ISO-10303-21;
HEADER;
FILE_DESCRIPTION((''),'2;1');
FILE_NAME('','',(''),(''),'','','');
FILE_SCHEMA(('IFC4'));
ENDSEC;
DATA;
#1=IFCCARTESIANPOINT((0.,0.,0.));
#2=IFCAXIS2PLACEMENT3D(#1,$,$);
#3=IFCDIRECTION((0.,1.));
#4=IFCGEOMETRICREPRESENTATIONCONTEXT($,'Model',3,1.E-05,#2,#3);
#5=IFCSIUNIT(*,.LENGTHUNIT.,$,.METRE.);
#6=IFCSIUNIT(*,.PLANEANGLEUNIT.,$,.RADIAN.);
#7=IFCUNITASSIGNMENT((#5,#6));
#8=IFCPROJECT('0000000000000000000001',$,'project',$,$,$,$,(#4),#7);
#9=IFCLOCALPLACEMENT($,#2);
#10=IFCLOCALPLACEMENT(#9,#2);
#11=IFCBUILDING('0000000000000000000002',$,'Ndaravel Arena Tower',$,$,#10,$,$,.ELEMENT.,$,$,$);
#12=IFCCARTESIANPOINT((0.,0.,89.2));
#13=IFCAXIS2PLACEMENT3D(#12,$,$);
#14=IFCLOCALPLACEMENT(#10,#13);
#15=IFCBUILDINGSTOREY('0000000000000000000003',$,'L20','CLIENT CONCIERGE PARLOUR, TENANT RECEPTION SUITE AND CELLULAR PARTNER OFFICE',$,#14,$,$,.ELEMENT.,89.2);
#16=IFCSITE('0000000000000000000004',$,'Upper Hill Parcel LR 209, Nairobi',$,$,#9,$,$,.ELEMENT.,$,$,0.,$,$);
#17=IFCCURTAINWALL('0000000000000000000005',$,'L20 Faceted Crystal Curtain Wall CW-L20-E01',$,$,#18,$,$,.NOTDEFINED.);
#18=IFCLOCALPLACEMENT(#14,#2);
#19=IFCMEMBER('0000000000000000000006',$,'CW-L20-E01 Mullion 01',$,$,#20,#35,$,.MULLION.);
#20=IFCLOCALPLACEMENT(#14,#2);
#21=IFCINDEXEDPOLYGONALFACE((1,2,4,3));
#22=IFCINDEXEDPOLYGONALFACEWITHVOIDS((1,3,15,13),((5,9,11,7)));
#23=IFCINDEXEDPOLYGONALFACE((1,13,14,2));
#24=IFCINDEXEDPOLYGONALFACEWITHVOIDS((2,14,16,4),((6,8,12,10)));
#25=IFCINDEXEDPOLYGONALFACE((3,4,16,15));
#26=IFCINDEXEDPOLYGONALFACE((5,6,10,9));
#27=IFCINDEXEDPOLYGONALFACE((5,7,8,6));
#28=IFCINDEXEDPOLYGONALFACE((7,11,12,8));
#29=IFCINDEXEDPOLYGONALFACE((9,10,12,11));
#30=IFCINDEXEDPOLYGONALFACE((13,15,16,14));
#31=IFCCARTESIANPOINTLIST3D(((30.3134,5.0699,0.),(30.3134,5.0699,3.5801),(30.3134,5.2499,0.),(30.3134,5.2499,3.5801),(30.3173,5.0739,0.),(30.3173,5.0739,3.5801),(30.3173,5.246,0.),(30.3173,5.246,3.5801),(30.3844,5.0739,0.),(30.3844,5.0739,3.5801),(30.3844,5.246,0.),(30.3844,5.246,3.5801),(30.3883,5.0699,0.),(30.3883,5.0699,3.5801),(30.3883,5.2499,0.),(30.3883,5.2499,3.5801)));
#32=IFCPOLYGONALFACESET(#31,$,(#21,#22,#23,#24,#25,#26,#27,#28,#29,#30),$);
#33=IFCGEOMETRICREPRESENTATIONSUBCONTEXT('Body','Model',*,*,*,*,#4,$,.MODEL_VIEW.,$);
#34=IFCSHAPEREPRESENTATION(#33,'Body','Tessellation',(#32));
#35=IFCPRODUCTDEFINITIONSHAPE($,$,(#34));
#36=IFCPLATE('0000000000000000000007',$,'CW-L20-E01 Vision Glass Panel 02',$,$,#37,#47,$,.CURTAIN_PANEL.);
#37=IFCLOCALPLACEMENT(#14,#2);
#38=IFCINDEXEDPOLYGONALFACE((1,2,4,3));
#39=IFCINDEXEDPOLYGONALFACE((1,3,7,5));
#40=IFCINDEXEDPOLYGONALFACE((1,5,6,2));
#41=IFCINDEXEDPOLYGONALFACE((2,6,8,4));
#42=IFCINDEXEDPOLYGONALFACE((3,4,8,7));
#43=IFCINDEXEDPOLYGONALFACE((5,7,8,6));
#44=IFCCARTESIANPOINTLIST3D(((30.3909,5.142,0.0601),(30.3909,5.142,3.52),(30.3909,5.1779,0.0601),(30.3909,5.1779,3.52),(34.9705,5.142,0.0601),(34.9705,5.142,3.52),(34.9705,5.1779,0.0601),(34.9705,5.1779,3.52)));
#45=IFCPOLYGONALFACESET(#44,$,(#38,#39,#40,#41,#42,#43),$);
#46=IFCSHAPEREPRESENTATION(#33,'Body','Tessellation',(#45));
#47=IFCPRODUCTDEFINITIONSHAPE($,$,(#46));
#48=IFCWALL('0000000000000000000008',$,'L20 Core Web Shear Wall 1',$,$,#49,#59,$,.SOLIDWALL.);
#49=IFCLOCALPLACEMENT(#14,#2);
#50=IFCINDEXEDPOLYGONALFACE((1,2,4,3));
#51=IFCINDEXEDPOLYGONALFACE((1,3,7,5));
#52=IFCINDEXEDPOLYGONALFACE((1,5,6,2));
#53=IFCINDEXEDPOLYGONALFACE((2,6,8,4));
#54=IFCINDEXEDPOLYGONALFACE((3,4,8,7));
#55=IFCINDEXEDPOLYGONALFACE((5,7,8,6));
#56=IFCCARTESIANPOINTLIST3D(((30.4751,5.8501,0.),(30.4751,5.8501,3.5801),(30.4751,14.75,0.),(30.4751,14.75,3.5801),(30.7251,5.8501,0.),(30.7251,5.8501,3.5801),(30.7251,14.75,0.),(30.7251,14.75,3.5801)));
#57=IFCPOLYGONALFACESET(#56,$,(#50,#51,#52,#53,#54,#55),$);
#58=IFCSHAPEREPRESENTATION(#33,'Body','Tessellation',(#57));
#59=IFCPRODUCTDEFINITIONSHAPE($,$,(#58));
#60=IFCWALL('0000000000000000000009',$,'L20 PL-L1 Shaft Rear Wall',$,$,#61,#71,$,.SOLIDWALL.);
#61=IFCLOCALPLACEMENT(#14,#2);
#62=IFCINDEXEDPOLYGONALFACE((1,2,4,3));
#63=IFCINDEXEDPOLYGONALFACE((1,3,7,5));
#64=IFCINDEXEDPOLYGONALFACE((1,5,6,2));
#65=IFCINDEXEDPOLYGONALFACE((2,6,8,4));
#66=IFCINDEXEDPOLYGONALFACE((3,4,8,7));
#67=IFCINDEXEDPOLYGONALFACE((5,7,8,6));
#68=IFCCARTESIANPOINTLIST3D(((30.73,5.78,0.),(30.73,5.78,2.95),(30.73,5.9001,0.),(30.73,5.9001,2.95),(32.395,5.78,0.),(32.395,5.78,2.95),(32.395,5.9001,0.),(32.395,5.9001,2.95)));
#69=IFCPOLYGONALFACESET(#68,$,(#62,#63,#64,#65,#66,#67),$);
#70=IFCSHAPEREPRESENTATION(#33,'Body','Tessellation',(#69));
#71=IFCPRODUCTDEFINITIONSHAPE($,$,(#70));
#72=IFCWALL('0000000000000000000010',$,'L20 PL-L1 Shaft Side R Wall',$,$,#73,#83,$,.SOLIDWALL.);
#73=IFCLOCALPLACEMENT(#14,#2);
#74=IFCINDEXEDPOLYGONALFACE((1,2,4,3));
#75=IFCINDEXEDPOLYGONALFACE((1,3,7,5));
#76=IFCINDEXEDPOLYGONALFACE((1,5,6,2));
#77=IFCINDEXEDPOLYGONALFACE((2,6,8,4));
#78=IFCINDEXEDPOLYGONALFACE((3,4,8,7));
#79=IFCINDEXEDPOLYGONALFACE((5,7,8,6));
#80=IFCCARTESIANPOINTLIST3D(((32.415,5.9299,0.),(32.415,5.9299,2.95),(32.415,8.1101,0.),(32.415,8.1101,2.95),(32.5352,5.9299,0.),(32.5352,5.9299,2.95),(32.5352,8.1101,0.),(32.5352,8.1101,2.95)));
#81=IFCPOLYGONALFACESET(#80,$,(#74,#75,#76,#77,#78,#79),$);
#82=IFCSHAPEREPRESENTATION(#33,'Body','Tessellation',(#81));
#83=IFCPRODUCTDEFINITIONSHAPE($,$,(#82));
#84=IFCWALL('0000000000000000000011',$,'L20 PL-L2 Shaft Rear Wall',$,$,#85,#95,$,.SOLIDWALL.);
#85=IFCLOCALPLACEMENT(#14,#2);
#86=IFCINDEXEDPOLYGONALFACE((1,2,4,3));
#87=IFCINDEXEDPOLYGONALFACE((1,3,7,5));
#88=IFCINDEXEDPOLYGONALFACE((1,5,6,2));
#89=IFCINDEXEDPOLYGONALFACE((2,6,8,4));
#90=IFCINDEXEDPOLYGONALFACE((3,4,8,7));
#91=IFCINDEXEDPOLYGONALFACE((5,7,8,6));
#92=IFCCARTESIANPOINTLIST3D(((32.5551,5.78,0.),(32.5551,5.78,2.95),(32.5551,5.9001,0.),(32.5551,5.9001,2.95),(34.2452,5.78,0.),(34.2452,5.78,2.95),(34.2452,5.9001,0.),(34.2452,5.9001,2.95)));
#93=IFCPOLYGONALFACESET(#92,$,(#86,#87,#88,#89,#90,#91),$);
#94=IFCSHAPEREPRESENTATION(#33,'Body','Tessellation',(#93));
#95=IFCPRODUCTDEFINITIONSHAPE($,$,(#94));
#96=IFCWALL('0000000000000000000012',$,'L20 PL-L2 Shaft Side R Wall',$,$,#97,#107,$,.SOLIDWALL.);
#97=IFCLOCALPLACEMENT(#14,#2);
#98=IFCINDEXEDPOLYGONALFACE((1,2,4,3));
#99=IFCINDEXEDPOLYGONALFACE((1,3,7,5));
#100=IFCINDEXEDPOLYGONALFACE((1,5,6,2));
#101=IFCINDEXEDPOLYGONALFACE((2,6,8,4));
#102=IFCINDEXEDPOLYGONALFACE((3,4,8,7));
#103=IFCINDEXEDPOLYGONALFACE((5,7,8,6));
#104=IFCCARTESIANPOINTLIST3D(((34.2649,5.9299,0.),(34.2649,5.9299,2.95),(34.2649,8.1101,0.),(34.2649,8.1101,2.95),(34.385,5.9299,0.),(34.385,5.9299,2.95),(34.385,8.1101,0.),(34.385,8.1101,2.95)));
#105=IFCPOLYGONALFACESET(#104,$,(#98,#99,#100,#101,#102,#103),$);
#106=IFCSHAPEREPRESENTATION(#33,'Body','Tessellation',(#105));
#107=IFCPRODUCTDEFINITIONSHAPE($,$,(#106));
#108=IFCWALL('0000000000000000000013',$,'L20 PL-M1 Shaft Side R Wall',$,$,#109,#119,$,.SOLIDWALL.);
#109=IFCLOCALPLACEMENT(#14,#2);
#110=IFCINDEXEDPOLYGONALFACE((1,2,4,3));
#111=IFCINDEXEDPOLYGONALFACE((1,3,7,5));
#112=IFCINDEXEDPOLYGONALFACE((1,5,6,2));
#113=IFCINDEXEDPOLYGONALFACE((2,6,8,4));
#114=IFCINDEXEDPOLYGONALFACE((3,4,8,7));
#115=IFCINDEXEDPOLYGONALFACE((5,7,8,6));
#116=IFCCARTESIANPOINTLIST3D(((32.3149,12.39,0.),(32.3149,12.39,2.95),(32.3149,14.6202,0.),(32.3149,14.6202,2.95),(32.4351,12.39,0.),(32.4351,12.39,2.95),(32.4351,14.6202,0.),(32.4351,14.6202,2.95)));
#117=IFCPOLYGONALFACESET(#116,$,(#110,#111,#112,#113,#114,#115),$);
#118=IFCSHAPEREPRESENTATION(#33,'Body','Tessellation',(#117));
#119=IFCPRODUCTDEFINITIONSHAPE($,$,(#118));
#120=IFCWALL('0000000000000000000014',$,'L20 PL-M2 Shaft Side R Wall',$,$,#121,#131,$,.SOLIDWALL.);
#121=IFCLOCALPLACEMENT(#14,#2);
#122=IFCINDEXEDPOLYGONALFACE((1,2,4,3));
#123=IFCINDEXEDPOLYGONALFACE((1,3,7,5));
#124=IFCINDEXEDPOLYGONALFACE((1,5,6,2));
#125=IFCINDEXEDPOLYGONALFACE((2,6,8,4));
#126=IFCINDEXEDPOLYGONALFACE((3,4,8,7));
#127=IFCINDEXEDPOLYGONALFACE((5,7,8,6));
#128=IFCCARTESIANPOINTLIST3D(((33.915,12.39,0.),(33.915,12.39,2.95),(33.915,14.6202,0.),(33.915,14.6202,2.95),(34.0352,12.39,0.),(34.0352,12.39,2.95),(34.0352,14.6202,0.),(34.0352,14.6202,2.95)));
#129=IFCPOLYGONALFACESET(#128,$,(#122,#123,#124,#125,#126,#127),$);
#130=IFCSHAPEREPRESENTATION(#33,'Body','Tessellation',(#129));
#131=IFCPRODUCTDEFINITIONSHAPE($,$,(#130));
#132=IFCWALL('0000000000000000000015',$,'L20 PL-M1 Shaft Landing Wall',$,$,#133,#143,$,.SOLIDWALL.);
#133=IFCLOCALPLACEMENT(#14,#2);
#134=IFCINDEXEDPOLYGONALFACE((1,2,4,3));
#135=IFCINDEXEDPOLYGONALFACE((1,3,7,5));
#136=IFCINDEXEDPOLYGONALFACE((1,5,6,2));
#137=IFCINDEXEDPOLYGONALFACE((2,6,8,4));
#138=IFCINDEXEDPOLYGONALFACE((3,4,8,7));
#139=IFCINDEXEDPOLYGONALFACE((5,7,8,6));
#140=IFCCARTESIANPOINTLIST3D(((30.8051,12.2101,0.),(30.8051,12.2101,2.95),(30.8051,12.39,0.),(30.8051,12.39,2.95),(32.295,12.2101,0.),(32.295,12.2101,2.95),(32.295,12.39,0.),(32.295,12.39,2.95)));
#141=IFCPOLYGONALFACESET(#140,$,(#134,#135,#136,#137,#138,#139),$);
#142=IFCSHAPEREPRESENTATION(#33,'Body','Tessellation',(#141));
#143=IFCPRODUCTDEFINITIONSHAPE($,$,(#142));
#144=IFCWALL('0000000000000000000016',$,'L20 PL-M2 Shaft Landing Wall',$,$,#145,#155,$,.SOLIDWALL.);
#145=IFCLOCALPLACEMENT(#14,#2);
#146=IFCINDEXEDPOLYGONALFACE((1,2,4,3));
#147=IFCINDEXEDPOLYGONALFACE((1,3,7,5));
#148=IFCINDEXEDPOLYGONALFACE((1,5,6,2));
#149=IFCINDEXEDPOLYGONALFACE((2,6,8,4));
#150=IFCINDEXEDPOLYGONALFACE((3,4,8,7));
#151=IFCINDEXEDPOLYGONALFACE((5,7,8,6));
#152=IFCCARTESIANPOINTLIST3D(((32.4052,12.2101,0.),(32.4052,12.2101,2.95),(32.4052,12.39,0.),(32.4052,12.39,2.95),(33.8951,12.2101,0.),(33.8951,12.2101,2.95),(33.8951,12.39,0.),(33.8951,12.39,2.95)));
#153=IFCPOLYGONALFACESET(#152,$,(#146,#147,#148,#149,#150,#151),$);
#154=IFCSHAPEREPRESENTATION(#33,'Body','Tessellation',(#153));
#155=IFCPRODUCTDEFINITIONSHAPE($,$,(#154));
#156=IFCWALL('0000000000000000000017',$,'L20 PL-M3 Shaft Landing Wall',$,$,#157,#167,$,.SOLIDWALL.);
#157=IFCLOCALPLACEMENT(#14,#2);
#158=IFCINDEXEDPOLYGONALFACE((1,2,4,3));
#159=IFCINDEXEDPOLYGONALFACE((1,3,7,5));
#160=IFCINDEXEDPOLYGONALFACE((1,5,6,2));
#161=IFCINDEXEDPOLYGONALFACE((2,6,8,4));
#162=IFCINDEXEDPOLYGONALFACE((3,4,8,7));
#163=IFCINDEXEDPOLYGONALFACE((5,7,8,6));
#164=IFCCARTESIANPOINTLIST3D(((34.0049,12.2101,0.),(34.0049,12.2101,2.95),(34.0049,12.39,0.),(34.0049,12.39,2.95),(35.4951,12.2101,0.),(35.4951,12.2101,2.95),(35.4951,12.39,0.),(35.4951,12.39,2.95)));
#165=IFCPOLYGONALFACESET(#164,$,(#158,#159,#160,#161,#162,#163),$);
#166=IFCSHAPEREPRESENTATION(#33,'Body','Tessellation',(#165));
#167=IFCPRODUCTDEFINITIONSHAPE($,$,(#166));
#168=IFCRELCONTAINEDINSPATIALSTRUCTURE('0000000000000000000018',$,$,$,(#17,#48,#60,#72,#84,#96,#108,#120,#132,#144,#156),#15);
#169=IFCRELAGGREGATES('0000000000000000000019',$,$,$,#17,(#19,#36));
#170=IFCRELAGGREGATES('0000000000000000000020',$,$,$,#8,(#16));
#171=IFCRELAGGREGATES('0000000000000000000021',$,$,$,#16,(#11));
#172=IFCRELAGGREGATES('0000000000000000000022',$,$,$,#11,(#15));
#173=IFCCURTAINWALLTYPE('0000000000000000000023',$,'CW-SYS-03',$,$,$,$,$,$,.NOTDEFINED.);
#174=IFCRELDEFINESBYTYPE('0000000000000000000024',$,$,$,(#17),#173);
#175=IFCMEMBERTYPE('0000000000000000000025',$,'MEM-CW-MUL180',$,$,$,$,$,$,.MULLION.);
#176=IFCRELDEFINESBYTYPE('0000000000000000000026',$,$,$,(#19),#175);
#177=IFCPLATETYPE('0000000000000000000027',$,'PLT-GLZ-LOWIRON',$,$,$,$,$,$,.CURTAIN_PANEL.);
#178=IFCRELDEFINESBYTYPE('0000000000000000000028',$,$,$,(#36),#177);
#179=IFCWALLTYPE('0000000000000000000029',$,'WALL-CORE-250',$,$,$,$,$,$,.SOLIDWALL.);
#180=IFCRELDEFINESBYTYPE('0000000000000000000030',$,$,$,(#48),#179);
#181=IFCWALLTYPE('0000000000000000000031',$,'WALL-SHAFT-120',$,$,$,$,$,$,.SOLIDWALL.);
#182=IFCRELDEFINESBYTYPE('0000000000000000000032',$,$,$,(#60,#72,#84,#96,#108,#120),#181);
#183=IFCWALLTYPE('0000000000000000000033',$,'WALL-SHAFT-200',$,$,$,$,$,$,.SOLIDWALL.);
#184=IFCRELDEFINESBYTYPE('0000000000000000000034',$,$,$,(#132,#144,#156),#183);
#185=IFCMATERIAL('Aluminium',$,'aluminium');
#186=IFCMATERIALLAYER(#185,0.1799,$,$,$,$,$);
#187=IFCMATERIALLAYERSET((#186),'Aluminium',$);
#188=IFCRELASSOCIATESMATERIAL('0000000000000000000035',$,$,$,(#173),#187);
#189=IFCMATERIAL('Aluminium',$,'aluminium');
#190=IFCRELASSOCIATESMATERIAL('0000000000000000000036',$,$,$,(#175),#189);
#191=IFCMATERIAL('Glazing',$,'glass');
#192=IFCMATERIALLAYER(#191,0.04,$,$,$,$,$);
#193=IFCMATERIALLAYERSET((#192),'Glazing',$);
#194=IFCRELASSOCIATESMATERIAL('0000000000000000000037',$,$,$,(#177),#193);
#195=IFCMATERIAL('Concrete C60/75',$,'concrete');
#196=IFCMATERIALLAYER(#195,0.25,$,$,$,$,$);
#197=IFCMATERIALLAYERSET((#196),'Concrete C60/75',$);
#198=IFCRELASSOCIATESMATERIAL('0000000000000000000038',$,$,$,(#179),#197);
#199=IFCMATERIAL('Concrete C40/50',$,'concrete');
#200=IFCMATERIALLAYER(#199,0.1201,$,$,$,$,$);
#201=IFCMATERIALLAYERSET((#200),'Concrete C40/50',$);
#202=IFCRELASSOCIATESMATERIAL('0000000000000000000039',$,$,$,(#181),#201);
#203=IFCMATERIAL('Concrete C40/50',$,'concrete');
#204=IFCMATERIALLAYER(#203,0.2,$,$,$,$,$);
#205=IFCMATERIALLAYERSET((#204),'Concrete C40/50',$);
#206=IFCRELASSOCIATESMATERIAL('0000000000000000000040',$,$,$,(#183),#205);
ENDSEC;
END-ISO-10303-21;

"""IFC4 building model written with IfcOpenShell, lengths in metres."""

from ifc_helpers import new_model, si_unit, direction, frame, frame_2d, origin, origin_2d, place, context, subcontext, project, spatial, rectangle, hollow_rectangle, extrude, material, layer, layer_set, material_profile, profile_set, type_object, element, aggregate, save


model = new_model("IFC4")

# Units and contexts
model_context = context("Model", 3, precision=1e-05, world=origin(), true_north=direction((0.0, 1.0)))
body_context = subcontext(model_context, "Body", "Model", "MODEL_VIEW")
ifc_project = project(units=[si_unit("LENGTHUNIT", "METRE"), si_unit("PLANEANGLEUNIT", "RADIAN")], contexts=[model_context])

# Site, building, storey
site_placement = place(None, origin())
site = spatial("IfcSite", under=ifc_project, at=site_placement, Name="Upper Hill Parcel LR 209, Nairobi", CompositionType="ELEMENT", RefElevation=0.0)
building_placement = place(site_placement, origin())
building = spatial("IfcBuilding", under=site, at=building_placement, Name="Ndaravel Arena Tower", CompositionType="ELEMENT")
storey_placement = place(building_placement, frame((0.0, 0.0, 89.2)))
storey = spatial("IfcBuildingStorey", under=building, at=storey_placement, Name="L20", Description="CLIENT CONCIERGE PARLOUR, TENANT RECEPTION SUITE AND CELLULAR PARTNER OFFICE", CompositionType="ELEMENT", Elevation=89.2)

# Curtain wall, member, plate
ifc_material_1 = material(Name="Aluminium", Category="aluminium")
ifc_layer_1 = layer(ifc_material_1, 0.1799)
ifc_layer_set_1 = layer_set([ifc_layer_1], Name="Aluminium")
curtain_wall_type = type_object("IfcCurtainWallType", Name="CW-SYS-03", PredefinedType="NOTDEFINED", material=ifc_layer_set_1)
curtain_wall_placement = place(storey_placement, origin())
curtain_wall = element("IfcCurtainWall", 1, at=curtain_wall_placement, inside=storey, type_object=curtain_wall_type, Name="L20 Faceted Crystal Curtain Wall CW-L20-E01", PredefinedType="NOTDEFINED")
ifc_material_2 = material(Name="Aluminium", Category="aluminium")
ifc_material_profile = material_profile(ifc_material_2, hollow_rectangle(XDim=0.075, YDim=0.1799, WallThickness=0.0039, at=origin_2d()), Name="CW MULLION 75x180x4")
ifc_profile_set = profile_set([ifc_material_profile], Name="Aluminium")
member_type = type_object("IfcMemberType", Name="MEM-CW-MUL180", PredefinedType="MULLION", material=ifc_profile_set)
member_placement = place(storey_placement, frame((30.3508, 5.1599, 0.0), z_axis=(0.0, 0.0, 1.0), x_axis=(1.0, 0.0, 0.0)))
member = element("IfcMember", 2, at=member_placement, type_object=member_type, Name="CW-L20-E01 Mullion 01", PredefinedType="MULLION", context=body_context, shape_type="SweptSolid", body=[
    extrude(hollow_rectangle(XDim=0.075, YDim=0.1799, WallThickness=0.0039, at=origin_2d()), origin(), (0.0, 0.0, 1.0), 3.5801),
])
ifc_material_3 = material(Name="Glazing", Category="glass")
ifc_layer_2 = layer(ifc_material_3, 0.04)
ifc_layer_set_2 = layer_set([ifc_layer_2], Name="Glazing")
plate_type = type_object("IfcPlateType", Name="PLT-GLZ-LOWIRON", PredefinedType="CURTAIN_PANEL", material=ifc_layer_set_2)
plate_placement = place(storey_placement, frame((32.6807, 5.1599, 0.0601), z_axis=(0.0, 0.0, 1.0), x_axis=(1.0, 0.0, 0.0)))
plate = element("IfcPlate", 3, at=plate_placement, type_object=plate_type, Name="CW-L20-E01 Vision Glass Panel 02", PredefinedType="CURTAIN_PANEL", context=body_context, shape_type="SweptSolid", body=[
    extrude(rectangle(XDim=4.5796, YDim=0.0359, at=origin_2d()), origin(), (0.0, 0.0, 1.0), 3.46),
])
aggregate(curtain_wall, [member, plate])

# Walls
ifc_material_4 = material(Name="Concrete C60/75", Category="concrete")
ifc_layer_3 = layer(ifc_material_4, 0.25)
ifc_layer_set_3 = layer_set([ifc_layer_3], Name="Concrete C60/75")
wall_type_1 = type_object("IfcWallType", Name="WALL-CORE-250", PredefinedType="SOLIDWALL", material=ifc_layer_set_3)
wall_1_placement = place(storey_placement, frame((30.6001, 5.8501, 0.0), z_axis=(0.0, 0.0, 1.0), x_axis=(0.0, 1.0, 0.0)))
element("IfcWall", 4, at=wall_1_placement, inside=storey, type_object=wall_type_1, Name="L20 Core Web Shear Wall 1", PredefinedType="SOLIDWALL", context=body_context, shape_type="SweptSolid", body=[
    extrude(rectangle(XDim=8.8999, YDim=0.25, at=frame_2d((4.45, 0.0))), origin(), (0.0, 0.0, 1.0), 3.5801),
])
ifc_material_5 = material(Name="Concrete C40/50", Category="concrete")
ifc_layer_4 = layer(ifc_material_5, 0.1201)
ifc_layer_set_4 = layer_set([ifc_layer_4], Name="Concrete C40/50")
wall_type_2 = type_object("IfcWallType", Name="WALL-SHAFT-120", PredefinedType="SOLIDWALL", material=ifc_layer_set_4)
wall_2_placement = place(storey_placement, frame((30.73, 5.8401, 0.0), z_axis=(0.0, 0.0, 1.0), x_axis=(1.0, 0.0, 0.0)))
element("IfcWall", 5, at=wall_2_placement, inside=storey, type_object=wall_type_2, Name="L20 PL-L1 Shaft Rear Wall", PredefinedType="SOLIDWALL", context=body_context, shape_type="SweptSolid", body=[
    extrude(rectangle(XDim=1.665, YDim=0.1201, at=frame_2d((0.8325, 0.0))), origin(), (0.0, 0.0, 1.0), 2.95),
])
wall_3_placement = place(storey_placement, frame((32.4751, 5.9299, 0.0), z_axis=(0.0, 0.0, 1.0), x_axis=(0.0, 1.0, 0.0)))
element("IfcWall", 6, at=wall_3_placement, inside=storey, type_object=wall_type_2, Name="L20 PL-L1 Shaft Side R Wall", PredefinedType="SOLIDWALL", context=body_context, shape_type="SweptSolid", body=[
    extrude(rectangle(XDim=2.1802, YDim=0.1201, at=frame_2d((1.0901, 0.0))), origin(), (0.0, 0.0, 1.0), 2.95),
])
wall_4_placement = place(storey_placement, frame((32.5549, 5.8401, 0.0), z_axis=(0.0, 0.0, 1.0), x_axis=(1.0, 0.0, 0.0)))
element("IfcWall", 7, at=wall_4_placement, inside=storey, type_object=wall_type_2, Name="L20 PL-L2 Shaft Rear Wall", PredefinedType="SOLIDWALL", context=body_context, shape_type="SweptSolid", body=[
    extrude(rectangle(XDim=1.6902, YDim=0.1201, at=frame_2d((0.8452, 0.0))), origin(), (0.0, 0.0, 1.0), 2.95),
])
wall_5_placement = place(storey_placement, frame((34.325, 5.9299, 0.0), z_axis=(0.0, 0.0, 1.0), x_axis=(0.0, 1.0, 0.0)))
element("IfcWall", 8, at=wall_5_placement, inside=storey, type_object=wall_type_2, Name="L20 PL-L2 Shaft Side R Wall", PredefinedType="SOLIDWALL", context=body_context, shape_type="SweptSolid", body=[
    extrude(rectangle(XDim=2.1802, YDim=0.1201, at=frame_2d((1.0901, 0.0))), origin(), (0.0, 0.0, 1.0), 2.95),
])
for number, where, z_axis, x_axis, name in (
    (9, (32.375, 12.3899, 0.0), (0.0, 0.0, 1.0), (0.0, 1.0, 0.0), "L20 PL-M1 Shaft Side R Wall"),
    (10, (33.9751, 12.3899, 0.0), (0.0, 0.0, 1.0), (0.0, 1.0, 0.0), "L20 PL-M2 Shaft Side R Wall"),
):
    element("IfcWall", number, at=place(storey_placement, frame(where, z_axis=z_axis, x_axis=x_axis)), inside=storey, type_object=wall_type_2, Name=name, PredefinedType="SOLIDWALL", context=body_context, shape_type="SweptSolid", body=[
        extrude(rectangle(XDim=2.2302, YDim=0.1201, at=frame_2d((1.1152, 0.0))), origin(), (0.0, 0.0, 1.0), 2.95),
    ])

# Shared definitions
ifc_material_6 = material(Name="Concrete C40/50", Category="concrete")
ifc_layer_5 = layer(ifc_material_6, 0.2)
ifc_layer_set_5 = layer_set([ifc_layer_5], Name="Concrete C40/50")
wall_type_3 = type_object("IfcWallType", Name="WALL-SHAFT-200", PredefinedType="SOLIDWALL", material=ifc_layer_set_5)

# Walls
for number, where, z_axis, x_axis, name in (
    (11, (30.8049, 12.3, 0.0), (0.0, 0.0, 1.0), (1.0, 0.0, 0.0), "L20 PL-M1 Shaft Landing Wall"),
    (12, (32.405, 12.3, 0.0), (0.0, 0.0, 1.0), (1.0, 0.0, 0.0), "L20 PL-M2 Shaft Landing Wall"),
):
    element("IfcWall", number, at=place(storey_placement, frame(where, z_axis=z_axis, x_axis=x_axis)), inside=storey, type_object=wall_type_3, Name=name, PredefinedType="SOLIDWALL", context=body_context, shape_type="SweptSolid", body=[
        extrude(rectangle(XDim=1.49, YDim=0.1799, at=frame_2d((0.7451, 0.0))), origin(), (0.0, 0.0, 1.0), 2.95),
    ])
wall_6_placement = place(storey_placement, frame((34.0049, 12.3, 0.0), z_axis=(0.0, 0.0, 1.0), x_axis=(1.0, 0.0, 0.0)))
element("IfcWall", 13, at=wall_6_placement, inside=storey, type_object=wall_type_3, Name="L20 PL-M3 Shaft Landing Wall", PredefinedType="SOLIDWALL", context=body_context, shape_type="SweptSolid", body=[
    extrude(rectangle(XDim=1.4902, YDim=0.1799, at=frame_2d((0.7451, 0.0))), origin(), (0.0, 0.0, 1.0), 2.95),
])

save(model, "model.ifc")
